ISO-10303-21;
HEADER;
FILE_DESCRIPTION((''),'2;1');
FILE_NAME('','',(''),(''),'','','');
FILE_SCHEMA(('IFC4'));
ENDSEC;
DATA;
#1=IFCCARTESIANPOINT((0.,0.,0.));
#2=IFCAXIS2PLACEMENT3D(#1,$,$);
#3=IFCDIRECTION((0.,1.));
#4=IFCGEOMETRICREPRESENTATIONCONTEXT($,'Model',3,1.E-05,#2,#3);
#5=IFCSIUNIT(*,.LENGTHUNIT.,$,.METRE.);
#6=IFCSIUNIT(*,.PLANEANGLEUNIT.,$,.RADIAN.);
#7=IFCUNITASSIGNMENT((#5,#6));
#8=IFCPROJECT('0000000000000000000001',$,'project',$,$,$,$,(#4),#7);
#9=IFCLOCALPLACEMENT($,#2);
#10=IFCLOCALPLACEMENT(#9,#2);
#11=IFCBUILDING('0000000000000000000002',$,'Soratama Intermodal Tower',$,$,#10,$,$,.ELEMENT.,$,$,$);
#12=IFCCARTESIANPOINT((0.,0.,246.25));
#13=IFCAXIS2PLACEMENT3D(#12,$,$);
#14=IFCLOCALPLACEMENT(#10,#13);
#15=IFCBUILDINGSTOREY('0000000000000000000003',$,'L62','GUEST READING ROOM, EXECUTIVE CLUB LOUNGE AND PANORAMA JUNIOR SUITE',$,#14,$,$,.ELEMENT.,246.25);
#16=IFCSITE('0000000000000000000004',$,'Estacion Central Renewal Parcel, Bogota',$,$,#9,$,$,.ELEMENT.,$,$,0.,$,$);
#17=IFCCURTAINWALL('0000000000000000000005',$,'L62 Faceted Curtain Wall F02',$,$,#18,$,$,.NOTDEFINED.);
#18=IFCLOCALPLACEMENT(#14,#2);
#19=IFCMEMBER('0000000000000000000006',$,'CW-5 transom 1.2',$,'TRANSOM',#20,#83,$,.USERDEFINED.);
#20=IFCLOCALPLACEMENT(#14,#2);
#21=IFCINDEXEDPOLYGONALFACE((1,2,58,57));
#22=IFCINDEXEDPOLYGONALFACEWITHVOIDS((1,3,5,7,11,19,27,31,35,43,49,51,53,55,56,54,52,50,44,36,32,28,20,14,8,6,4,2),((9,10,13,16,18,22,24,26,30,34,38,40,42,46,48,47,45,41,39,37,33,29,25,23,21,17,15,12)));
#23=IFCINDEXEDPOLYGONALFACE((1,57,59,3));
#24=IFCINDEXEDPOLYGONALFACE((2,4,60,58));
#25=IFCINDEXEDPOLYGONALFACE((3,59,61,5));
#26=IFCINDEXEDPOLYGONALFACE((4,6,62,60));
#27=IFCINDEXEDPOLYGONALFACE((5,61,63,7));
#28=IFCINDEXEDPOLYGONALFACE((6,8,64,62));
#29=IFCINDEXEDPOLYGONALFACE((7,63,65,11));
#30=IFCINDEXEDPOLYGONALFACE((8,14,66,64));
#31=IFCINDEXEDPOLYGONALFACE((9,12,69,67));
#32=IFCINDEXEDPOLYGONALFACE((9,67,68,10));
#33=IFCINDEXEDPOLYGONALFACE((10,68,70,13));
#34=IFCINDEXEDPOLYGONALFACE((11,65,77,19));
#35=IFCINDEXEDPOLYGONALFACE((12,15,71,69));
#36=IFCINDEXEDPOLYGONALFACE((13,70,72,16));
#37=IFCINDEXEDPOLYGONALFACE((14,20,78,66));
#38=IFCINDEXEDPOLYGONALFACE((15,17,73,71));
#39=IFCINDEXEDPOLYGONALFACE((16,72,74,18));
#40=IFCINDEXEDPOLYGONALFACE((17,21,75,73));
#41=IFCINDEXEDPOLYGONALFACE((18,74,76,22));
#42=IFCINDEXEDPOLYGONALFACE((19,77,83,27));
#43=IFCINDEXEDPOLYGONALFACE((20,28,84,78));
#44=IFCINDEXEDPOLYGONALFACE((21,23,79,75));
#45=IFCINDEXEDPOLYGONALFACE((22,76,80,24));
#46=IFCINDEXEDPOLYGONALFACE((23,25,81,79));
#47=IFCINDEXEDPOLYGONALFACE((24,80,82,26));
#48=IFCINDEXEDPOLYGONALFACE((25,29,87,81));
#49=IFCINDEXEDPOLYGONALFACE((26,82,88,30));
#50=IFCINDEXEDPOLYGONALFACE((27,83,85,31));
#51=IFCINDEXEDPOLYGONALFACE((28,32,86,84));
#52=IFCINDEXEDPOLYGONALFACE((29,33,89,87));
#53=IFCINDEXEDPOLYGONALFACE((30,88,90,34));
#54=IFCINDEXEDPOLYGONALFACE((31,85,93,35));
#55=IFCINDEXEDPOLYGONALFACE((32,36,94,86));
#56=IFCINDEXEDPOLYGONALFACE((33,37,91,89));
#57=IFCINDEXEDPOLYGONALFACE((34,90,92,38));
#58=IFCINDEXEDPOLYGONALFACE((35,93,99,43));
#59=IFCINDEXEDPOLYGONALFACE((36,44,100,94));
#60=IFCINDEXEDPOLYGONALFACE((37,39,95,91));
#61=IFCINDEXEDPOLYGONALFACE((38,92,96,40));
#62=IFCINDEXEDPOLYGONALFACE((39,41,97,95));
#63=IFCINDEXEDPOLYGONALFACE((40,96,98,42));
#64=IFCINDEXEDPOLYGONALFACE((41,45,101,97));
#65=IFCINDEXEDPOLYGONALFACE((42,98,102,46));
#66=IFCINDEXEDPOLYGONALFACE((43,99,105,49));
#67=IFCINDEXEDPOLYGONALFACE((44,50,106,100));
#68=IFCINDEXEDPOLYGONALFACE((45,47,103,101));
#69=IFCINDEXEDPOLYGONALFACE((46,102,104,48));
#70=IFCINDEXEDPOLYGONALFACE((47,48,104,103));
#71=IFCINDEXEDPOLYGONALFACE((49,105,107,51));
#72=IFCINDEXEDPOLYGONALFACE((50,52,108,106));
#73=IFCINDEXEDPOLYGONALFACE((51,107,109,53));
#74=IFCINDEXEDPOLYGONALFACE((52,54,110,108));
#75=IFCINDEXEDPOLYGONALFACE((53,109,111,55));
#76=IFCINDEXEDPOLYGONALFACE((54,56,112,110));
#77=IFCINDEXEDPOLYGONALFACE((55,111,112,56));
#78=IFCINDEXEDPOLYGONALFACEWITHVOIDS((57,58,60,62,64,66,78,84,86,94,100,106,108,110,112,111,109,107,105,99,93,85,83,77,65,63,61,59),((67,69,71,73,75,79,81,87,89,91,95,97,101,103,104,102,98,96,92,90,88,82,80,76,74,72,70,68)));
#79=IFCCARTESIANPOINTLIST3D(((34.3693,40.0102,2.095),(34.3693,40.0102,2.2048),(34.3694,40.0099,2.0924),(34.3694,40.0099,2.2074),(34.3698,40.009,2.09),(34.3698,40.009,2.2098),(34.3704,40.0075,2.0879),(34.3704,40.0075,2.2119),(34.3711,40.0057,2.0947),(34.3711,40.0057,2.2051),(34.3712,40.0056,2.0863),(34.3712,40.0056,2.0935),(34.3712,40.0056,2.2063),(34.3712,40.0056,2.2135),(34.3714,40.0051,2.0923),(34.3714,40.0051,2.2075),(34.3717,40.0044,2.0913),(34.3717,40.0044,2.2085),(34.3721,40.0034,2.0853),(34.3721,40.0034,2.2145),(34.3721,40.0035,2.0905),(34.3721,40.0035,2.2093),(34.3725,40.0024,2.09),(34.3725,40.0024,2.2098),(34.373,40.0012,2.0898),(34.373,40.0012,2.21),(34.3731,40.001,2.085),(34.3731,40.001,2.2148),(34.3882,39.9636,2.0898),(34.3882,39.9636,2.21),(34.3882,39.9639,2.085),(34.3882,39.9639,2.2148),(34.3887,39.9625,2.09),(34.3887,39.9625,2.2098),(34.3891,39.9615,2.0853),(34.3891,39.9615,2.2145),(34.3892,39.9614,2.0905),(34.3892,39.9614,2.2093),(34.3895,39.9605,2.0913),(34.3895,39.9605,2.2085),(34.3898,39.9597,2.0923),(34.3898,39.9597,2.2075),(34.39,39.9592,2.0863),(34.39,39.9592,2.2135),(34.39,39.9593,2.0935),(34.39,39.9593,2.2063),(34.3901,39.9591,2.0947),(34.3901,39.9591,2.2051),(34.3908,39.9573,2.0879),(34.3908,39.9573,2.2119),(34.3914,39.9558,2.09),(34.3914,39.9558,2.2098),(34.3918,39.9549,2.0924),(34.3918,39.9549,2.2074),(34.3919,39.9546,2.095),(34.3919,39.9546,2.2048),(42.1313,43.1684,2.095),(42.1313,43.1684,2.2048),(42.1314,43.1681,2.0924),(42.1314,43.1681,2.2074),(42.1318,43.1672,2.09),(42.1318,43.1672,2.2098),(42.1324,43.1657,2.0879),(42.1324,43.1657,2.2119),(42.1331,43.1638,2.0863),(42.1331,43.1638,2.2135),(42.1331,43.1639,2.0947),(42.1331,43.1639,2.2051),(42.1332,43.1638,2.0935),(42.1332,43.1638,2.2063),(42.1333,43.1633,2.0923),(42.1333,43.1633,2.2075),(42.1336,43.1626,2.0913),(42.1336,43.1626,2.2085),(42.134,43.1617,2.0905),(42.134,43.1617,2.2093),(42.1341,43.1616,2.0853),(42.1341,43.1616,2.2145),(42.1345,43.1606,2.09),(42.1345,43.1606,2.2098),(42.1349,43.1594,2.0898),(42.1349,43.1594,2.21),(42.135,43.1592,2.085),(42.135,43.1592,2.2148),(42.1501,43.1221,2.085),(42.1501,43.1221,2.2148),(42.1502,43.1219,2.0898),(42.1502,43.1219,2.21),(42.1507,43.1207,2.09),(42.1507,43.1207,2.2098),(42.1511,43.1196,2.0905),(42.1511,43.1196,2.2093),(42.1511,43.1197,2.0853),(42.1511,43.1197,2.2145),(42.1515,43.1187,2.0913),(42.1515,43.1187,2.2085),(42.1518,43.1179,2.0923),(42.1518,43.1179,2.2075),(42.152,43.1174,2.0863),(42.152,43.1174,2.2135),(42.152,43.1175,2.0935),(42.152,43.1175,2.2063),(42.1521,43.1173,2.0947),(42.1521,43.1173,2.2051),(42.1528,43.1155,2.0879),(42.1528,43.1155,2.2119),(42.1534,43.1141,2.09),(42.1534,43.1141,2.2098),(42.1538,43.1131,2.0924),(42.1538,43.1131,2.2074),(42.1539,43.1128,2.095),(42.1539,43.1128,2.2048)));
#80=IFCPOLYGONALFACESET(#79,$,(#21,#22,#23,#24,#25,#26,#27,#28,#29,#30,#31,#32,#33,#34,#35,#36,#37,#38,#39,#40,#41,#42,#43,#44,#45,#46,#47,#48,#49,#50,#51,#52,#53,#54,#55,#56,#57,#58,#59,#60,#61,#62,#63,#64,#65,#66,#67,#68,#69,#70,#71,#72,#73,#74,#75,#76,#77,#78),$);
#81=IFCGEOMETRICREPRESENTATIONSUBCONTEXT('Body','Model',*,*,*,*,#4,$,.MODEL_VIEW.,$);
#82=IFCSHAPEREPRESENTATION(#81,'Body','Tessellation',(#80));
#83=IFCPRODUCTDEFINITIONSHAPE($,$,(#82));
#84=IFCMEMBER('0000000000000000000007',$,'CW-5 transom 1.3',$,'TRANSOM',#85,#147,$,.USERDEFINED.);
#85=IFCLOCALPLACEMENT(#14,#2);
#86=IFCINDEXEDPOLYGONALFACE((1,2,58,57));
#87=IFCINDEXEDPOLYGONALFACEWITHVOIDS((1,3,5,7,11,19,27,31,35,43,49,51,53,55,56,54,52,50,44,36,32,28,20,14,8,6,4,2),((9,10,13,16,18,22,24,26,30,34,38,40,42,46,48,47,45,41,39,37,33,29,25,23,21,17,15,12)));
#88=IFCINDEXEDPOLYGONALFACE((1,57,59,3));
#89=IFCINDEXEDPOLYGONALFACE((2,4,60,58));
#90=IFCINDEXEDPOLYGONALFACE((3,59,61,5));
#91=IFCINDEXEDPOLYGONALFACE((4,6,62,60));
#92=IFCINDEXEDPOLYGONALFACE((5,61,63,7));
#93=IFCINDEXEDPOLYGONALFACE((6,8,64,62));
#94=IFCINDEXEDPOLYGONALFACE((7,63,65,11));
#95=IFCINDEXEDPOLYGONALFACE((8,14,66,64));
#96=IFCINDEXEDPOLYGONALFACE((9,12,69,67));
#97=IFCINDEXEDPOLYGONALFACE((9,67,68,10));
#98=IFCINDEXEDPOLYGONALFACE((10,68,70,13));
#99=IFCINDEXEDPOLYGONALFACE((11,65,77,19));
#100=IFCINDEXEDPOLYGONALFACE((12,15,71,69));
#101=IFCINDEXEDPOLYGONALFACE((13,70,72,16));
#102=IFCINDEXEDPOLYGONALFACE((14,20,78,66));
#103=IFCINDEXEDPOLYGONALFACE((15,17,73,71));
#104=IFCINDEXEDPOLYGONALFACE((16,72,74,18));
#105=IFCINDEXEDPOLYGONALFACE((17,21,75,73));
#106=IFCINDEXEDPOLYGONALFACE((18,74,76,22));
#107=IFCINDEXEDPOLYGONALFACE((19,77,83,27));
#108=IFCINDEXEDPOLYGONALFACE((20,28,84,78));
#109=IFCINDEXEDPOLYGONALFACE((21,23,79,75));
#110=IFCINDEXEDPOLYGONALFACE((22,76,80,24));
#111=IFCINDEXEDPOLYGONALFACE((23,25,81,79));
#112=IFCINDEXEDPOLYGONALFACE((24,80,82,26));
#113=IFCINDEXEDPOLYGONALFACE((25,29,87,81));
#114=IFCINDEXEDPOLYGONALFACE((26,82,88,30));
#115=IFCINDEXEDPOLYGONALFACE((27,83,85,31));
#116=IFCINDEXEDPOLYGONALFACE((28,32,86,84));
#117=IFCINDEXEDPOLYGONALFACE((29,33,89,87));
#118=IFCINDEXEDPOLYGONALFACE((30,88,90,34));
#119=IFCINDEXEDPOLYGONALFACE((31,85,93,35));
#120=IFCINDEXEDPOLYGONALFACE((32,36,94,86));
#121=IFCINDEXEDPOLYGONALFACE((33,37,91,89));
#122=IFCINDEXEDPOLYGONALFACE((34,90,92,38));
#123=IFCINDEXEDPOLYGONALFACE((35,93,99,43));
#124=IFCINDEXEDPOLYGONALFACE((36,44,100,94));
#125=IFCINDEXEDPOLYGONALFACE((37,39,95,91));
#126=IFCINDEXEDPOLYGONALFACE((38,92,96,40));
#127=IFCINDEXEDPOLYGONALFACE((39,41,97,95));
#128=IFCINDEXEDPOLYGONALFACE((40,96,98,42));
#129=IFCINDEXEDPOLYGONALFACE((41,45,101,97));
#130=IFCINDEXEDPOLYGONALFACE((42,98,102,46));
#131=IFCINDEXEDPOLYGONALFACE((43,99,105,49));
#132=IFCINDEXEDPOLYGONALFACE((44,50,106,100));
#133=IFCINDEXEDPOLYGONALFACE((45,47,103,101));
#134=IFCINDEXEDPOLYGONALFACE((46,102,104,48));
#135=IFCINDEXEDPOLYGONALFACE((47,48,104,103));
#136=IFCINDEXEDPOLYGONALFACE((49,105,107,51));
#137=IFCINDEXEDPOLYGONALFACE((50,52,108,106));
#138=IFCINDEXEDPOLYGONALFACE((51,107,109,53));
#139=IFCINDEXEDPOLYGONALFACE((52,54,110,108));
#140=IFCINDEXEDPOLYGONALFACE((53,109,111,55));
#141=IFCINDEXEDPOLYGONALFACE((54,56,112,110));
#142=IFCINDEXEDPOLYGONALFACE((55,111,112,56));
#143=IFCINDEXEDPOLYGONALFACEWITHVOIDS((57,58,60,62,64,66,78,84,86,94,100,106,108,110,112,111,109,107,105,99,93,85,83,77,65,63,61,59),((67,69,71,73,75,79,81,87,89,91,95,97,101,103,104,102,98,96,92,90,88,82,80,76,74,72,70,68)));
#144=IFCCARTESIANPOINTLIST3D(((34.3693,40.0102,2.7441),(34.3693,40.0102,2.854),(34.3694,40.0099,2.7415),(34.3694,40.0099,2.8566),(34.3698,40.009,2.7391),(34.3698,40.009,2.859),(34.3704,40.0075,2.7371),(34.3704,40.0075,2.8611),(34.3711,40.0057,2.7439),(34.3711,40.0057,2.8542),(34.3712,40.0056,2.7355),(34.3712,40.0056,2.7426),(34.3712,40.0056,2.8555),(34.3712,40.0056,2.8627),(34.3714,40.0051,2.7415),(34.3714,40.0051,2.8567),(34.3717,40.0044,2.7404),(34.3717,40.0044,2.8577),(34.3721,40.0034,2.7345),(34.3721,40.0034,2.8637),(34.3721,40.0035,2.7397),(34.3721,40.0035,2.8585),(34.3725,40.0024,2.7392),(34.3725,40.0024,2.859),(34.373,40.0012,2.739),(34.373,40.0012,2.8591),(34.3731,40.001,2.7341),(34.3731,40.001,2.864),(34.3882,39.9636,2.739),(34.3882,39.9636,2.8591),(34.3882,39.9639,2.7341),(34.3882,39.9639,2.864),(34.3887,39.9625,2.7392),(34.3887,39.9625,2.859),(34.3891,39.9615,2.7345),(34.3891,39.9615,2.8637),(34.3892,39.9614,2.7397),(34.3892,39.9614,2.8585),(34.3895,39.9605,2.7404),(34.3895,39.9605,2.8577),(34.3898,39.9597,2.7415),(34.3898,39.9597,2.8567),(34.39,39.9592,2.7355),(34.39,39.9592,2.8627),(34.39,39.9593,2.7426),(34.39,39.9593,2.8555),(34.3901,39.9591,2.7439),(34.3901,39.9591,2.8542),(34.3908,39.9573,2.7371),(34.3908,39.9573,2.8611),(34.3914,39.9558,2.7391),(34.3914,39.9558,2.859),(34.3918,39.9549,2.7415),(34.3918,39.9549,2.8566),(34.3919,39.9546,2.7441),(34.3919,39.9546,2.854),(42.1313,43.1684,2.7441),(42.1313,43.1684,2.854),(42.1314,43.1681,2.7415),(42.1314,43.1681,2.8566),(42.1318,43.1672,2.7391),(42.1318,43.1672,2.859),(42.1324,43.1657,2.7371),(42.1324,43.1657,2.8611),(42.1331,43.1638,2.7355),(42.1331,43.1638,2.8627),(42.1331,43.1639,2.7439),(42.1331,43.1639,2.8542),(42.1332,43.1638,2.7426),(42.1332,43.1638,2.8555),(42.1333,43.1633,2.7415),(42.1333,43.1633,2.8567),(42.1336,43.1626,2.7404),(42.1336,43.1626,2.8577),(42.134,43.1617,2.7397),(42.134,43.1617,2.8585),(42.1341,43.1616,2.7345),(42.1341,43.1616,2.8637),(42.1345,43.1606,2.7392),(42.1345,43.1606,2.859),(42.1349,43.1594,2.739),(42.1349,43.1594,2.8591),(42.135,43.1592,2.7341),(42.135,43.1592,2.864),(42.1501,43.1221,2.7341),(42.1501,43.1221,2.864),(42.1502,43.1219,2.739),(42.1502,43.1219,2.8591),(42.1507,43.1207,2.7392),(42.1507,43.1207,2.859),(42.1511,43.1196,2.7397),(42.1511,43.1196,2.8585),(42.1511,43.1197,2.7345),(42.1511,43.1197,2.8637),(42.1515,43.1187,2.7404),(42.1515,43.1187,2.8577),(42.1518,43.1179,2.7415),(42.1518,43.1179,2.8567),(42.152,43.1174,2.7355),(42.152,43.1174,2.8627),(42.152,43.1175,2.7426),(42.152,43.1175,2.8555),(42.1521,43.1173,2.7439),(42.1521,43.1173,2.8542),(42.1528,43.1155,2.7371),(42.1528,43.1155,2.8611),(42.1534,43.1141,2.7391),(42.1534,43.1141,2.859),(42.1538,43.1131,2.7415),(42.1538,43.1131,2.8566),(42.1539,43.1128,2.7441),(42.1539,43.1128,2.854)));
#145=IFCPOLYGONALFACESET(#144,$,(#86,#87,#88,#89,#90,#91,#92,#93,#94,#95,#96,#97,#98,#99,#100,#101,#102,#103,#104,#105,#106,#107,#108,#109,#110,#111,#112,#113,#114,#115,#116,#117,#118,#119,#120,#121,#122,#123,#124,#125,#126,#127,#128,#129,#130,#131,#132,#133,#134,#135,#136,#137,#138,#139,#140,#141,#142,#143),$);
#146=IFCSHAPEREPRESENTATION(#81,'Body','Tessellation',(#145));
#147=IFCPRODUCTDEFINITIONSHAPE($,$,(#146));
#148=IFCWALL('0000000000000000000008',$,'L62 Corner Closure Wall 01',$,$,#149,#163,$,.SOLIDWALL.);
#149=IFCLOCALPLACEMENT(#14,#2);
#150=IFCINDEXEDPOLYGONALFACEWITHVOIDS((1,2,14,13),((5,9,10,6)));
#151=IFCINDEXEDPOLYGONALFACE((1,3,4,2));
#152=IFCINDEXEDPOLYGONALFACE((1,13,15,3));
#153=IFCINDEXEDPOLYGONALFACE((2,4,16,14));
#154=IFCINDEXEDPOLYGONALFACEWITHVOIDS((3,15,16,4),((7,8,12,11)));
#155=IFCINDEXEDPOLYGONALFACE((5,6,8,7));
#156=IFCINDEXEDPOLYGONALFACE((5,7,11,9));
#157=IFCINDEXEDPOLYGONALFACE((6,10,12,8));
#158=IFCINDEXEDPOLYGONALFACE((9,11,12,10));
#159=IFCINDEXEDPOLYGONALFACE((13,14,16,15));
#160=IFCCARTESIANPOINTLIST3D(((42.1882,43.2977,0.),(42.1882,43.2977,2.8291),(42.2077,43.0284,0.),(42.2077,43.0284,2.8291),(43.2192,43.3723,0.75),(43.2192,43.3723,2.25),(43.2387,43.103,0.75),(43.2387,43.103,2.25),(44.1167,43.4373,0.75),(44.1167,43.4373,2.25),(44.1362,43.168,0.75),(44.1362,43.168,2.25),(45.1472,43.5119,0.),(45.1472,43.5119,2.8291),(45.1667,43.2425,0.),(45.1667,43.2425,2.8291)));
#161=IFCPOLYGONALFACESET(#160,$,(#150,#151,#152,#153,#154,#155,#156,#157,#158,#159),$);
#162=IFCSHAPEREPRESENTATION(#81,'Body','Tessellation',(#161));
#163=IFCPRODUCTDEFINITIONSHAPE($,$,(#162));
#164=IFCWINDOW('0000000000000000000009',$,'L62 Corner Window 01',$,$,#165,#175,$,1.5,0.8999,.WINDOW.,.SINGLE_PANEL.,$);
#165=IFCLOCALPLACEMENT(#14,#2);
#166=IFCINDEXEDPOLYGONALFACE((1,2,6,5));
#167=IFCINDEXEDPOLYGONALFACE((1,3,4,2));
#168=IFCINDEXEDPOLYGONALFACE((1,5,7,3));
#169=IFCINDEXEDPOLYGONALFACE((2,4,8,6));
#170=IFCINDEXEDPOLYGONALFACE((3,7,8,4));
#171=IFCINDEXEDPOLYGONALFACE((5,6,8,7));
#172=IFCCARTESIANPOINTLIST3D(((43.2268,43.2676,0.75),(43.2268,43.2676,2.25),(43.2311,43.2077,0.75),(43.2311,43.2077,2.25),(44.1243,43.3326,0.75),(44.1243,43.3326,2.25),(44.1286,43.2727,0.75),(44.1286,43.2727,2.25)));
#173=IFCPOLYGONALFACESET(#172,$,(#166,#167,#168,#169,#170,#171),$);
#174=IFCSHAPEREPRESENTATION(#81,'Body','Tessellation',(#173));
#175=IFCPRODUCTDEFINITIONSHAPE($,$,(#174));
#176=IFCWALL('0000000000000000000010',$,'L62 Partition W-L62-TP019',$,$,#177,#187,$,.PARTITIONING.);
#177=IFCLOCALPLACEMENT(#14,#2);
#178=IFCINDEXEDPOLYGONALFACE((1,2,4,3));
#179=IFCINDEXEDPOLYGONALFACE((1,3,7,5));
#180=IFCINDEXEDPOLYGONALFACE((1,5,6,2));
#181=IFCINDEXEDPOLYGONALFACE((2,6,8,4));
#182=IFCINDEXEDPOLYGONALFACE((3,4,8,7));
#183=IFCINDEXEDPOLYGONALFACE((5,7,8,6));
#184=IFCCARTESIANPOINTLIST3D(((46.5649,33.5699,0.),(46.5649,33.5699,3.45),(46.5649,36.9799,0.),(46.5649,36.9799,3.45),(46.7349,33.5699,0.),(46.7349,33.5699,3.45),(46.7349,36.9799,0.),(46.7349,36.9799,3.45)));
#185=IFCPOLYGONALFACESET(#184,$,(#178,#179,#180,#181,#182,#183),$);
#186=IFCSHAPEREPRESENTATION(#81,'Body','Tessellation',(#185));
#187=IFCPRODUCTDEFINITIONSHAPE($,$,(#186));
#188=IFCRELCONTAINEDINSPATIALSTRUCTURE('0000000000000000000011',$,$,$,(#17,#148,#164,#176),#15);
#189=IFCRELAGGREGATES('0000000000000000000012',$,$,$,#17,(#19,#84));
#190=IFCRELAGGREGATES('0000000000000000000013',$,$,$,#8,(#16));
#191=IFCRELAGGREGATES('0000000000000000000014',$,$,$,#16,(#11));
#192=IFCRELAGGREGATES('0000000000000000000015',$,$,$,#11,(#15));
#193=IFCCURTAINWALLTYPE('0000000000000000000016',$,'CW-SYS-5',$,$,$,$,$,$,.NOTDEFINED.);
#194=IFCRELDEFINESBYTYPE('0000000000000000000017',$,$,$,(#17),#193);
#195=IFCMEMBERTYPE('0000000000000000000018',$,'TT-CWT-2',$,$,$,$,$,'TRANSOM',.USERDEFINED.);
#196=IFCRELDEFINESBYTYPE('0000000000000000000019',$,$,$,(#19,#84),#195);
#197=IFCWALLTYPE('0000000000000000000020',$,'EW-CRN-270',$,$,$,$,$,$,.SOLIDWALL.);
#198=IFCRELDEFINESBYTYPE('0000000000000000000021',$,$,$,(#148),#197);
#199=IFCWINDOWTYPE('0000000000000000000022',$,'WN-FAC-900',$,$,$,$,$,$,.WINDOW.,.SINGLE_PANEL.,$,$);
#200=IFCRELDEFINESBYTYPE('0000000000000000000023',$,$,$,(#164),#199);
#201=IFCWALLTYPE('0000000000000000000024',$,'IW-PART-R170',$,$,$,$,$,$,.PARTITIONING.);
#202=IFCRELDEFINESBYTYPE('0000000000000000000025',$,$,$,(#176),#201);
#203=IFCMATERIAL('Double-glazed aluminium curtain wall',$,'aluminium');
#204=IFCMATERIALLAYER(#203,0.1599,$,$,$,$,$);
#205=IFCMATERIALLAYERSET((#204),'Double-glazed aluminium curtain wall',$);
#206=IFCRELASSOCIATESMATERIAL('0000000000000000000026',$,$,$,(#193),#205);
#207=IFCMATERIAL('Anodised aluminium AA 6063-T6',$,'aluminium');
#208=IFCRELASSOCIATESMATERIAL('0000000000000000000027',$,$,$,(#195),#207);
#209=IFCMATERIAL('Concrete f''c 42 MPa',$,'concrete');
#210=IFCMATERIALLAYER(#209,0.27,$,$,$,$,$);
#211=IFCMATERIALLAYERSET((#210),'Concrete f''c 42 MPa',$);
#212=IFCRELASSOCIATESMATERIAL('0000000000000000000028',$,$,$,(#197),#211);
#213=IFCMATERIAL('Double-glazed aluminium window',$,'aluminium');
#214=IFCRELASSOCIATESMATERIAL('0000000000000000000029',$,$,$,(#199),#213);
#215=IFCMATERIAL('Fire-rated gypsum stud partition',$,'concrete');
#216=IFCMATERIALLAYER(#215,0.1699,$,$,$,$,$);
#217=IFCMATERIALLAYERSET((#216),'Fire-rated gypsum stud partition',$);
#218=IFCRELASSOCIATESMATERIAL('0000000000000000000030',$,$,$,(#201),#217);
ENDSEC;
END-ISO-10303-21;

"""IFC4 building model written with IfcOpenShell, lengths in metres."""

from ifc_helpers import new_model, si_unit, direction, frame, frame_2d, origin, origin_2d, place, context, subcontext, project, spatial, rectangle, hollow_rectangle, extrude, material, layer, layer_set, material_profile, profile_set, type_object, element, fill, aggregate, save


model = new_model("IFC4")

# Units and contexts
model_context = context("Model", 3, precision=1e-05, world=origin(), true_north=direction((0.0, 1.0)))
body_context = subcontext(model_context, "Body", "Model", "MODEL_VIEW")
ifc_project = project(units=[si_unit("LENGTHUNIT", "METRE"), si_unit("PLANEANGLEUNIT", "RADIAN")], contexts=[model_context])

# Site, building, storey
site_placement = place(None, origin())
site = spatial("IfcSite", under=ifc_project, at=site_placement, Name="Estacion Central Renewal Parcel, Bogota", CompositionType="ELEMENT", RefElevation=0.0)
building_placement = place(site_placement, origin())
building = spatial("IfcBuilding", under=site, at=building_placement, Name="Soratama Intermodal Tower", CompositionType="ELEMENT")
storey_placement = place(building_placement, frame((0.0, 0.0, 246.25)))
storey = spatial("IfcBuildingStorey", under=building, at=storey_placement, Name="L62", Description="GUEST READING ROOM, EXECUTIVE CLUB LOUNGE AND PANORAMA JUNIOR SUITE", CompositionType="ELEMENT", Elevation=246.25)

# Curtain wall, members
ifc_material_1 = material(Name="Double-glazed aluminium curtain wall", Category="aluminium")
ifc_layer_1 = layer(ifc_material_1, 0.1599)
ifc_layer_set_1 = layer_set([ifc_layer_1], Name="Double-glazed aluminium curtain wall")
curtain_wall_type = type_object("IfcCurtainWallType", Name="CW-SYS-5", PredefinedType="NOTDEFINED", material=ifc_layer_set_1)
curtain_wall_placement = place(storey_placement, origin())
curtain_wall = element("IfcCurtainWall", 1, at=curtain_wall_placement, inside=storey, type_object=curtain_wall_type, Name="L62 Faceted Curtain Wall F02", PredefinedType="NOTDEFINED")
ifc_material_2 = material(Name="Anodised aluminium AA 6063-T6", Category="aluminium")
ifc_material_profile_1 = material_profile(ifc_material_2, hollow_rectangle(XDim=0.0601, YDim=0.1299, WallThickness=0.0049, InnerFilletRadius=0.0049, OuterFilletRadius=0.01, at=origin_2d()), Name="CWT130X60X5")
ifc_profile_set_1 = profile_set([ifc_material_profile_1], Name="Anodised aluminium AA 6063-T6")
member_type_1 = type_object("IfcMemberType", Name="TT-CWT-2", ElementType="TRANSOM", PredefinedType="USERDEFINED", material=ifc_profile_set_1)
member_1_placement = place(storey_placement, frame((42.1426, 43.1406, 2.1499), z_axis=(-0.926262, -0.376879, 0.0), x_axis=(0.376879, -0.926262, 0.0)))
member_1 = element("IfcMember", 2, at=member_1_placement, type_object=member_type_1, Name="CW-5 transom 1.2", ObjectType="TRANSOM", PredefinedType="USERDEFINED", context=body_context, shape_type="SweptSolid", body=[
    extrude(hollow_rectangle(XDim=0.0601, YDim=0.1299, WallThickness=0.0049, InnerFilletRadius=0.0049, OuterFilletRadius=0.01, at=origin_2d()), origin(), (0.0, 0.0, 1.0), 8.3799),
])
member_2_placement = place(storey_placement, frame((42.1426, 43.1406, 2.7991), z_axis=(-0.926262, -0.376879, 0.0), x_axis=(0.376879, -0.926262, 0.0)))
member_2 = element("IfcMember", 3, at=member_2_placement, type_object=member_type_1, Name="CW-5 transom 1.3", ObjectType="TRANSOM", PredefinedType="USERDEFINED", context=body_context, shape_type="SweptSolid", body=[
    extrude(hollow_rectangle(XDim=0.0601, YDim=0.1299, WallThickness=0.0049, InnerFilletRadius=0.0049, OuterFilletRadius=0.01, at=origin_2d()), origin(), (0.0, 0.0, 1.0), 8.3799),
])
aggregate(curtain_wall, [member_1, member_2])

# Wall, opening, window
ifc_material_3 = material(Name="Concrete f'c 42 MPa", Category="concrete")
ifc_layer_2 = layer(ifc_material_3, 0.27)
ifc_layer_set_2 = layer_set([ifc_layer_2], Name="Concrete f'c 42 MPa")
wall_type_1 = type_object("IfcWallType", Name="EW-CRN-270", PredefinedType="SOLIDWALL", material=ifc_layer_set_2)
wall_1_placement = place(storey_placement, frame((45.157, 43.3772, 0.0), z_axis=(0.0, 0.0, 1.0), x_axis=(-0.997392, -0.072171, 0.0)))
wall_1 = element("IfcWall", 4, at=wall_1_placement, inside=storey, type_object=wall_type_1, Name="L62 Corner Closure Wall 01", PredefinedType="SOLIDWALL", context=body_context, shape_type="SweptSolid", body=[
    extrude(rectangle(XDim=2.9668, YDim=0.27, at=frame_2d((1.4834, 0.0))), origin(), (0.0, 0.0, 1.0), 2.8291),
])
opening_placement = place(wall_1_placement, frame((1.0332, 0.0, 0.75)))
opening = element("IfcOpeningElement", 5, at=opening_placement, cuts=wall_1, PredefinedType="OPENING", context=body_context, shape_type="SweptSolid", body=[
    extrude(rectangle(XDim=0.8999, YDim=1.5, at=frame_2d((0.45, 0.75))), frame((0.0, 0.145, 0.0), z_axis=(0.0, -1.0, 0.0), x_axis=(1.0, 0.0, 0.0)), (0.0, 0.0, 1.0), 0.29),
])
ifc_material_4 = material(Name="Double-glazed aluminium window", Category="aluminium")
window_type = type_object("IfcWindowType", Name="WN-FAC-900", PartitioningType="SINGLE_PANEL", PredefinedType="WINDOW", material=ifc_material_4)
window_placement = place(opening_placement, origin())
window = element("IfcWindow", 6, at=window_placement, inside=storey, type_object=window_type, Name="L62 Corner Window 01", OverallHeight=1.5, OverallWidth=0.8999, PartitioningType="SINGLE_PANEL", PredefinedType="WINDOW", context=body_context, shape_type="SweptSolid", body=[
    extrude(rectangle(XDim=0.8999, YDim=1.5, at=frame_2d((0.45, 0.75))), frame((0.0, 0.03, 0.0), z_axis=(0.0, -1.0, 0.0), x_axis=(1.0, 0.0, 0.0)), (0.0, 0.0, 1.0), 0.0601),
])
fill(opening, window)

# Wall
ifc_material_5 = material(Name="Fire-rated gypsum stud partition", Category="concrete")
ifc_layer_3 = layer(ifc_material_5, 0.1699)
ifc_layer_set_3 = layer_set([ifc_layer_3], Name="Fire-rated gypsum stud partition")
wall_type_2 = type_object("IfcWallType", Name="IW-PART-R170", PredefinedType="PARTITIONING", material=ifc_layer_set_3)
wall_2_placement = place(storey_placement, frame((46.6499, 36.98, 0.0), z_axis=(0.0, 0.0, 1.0), x_axis=(0.0, -1.0, 0.0)))
element("IfcWall", 7, at=wall_2_placement, inside=storey, type_object=wall_type_2, Name="L62 Partition W-L62-TP019", PredefinedType="PARTITIONING", context=body_context, shape_type="SweptSolid", body=[
    extrude(rectangle(XDim=3.4099, YDim=0.1699, at=frame_2d((1.7051, 0.0))), origin(), (0.0, 0.0, 1.0), 3.45),
])

save(model, "model.ifc")
